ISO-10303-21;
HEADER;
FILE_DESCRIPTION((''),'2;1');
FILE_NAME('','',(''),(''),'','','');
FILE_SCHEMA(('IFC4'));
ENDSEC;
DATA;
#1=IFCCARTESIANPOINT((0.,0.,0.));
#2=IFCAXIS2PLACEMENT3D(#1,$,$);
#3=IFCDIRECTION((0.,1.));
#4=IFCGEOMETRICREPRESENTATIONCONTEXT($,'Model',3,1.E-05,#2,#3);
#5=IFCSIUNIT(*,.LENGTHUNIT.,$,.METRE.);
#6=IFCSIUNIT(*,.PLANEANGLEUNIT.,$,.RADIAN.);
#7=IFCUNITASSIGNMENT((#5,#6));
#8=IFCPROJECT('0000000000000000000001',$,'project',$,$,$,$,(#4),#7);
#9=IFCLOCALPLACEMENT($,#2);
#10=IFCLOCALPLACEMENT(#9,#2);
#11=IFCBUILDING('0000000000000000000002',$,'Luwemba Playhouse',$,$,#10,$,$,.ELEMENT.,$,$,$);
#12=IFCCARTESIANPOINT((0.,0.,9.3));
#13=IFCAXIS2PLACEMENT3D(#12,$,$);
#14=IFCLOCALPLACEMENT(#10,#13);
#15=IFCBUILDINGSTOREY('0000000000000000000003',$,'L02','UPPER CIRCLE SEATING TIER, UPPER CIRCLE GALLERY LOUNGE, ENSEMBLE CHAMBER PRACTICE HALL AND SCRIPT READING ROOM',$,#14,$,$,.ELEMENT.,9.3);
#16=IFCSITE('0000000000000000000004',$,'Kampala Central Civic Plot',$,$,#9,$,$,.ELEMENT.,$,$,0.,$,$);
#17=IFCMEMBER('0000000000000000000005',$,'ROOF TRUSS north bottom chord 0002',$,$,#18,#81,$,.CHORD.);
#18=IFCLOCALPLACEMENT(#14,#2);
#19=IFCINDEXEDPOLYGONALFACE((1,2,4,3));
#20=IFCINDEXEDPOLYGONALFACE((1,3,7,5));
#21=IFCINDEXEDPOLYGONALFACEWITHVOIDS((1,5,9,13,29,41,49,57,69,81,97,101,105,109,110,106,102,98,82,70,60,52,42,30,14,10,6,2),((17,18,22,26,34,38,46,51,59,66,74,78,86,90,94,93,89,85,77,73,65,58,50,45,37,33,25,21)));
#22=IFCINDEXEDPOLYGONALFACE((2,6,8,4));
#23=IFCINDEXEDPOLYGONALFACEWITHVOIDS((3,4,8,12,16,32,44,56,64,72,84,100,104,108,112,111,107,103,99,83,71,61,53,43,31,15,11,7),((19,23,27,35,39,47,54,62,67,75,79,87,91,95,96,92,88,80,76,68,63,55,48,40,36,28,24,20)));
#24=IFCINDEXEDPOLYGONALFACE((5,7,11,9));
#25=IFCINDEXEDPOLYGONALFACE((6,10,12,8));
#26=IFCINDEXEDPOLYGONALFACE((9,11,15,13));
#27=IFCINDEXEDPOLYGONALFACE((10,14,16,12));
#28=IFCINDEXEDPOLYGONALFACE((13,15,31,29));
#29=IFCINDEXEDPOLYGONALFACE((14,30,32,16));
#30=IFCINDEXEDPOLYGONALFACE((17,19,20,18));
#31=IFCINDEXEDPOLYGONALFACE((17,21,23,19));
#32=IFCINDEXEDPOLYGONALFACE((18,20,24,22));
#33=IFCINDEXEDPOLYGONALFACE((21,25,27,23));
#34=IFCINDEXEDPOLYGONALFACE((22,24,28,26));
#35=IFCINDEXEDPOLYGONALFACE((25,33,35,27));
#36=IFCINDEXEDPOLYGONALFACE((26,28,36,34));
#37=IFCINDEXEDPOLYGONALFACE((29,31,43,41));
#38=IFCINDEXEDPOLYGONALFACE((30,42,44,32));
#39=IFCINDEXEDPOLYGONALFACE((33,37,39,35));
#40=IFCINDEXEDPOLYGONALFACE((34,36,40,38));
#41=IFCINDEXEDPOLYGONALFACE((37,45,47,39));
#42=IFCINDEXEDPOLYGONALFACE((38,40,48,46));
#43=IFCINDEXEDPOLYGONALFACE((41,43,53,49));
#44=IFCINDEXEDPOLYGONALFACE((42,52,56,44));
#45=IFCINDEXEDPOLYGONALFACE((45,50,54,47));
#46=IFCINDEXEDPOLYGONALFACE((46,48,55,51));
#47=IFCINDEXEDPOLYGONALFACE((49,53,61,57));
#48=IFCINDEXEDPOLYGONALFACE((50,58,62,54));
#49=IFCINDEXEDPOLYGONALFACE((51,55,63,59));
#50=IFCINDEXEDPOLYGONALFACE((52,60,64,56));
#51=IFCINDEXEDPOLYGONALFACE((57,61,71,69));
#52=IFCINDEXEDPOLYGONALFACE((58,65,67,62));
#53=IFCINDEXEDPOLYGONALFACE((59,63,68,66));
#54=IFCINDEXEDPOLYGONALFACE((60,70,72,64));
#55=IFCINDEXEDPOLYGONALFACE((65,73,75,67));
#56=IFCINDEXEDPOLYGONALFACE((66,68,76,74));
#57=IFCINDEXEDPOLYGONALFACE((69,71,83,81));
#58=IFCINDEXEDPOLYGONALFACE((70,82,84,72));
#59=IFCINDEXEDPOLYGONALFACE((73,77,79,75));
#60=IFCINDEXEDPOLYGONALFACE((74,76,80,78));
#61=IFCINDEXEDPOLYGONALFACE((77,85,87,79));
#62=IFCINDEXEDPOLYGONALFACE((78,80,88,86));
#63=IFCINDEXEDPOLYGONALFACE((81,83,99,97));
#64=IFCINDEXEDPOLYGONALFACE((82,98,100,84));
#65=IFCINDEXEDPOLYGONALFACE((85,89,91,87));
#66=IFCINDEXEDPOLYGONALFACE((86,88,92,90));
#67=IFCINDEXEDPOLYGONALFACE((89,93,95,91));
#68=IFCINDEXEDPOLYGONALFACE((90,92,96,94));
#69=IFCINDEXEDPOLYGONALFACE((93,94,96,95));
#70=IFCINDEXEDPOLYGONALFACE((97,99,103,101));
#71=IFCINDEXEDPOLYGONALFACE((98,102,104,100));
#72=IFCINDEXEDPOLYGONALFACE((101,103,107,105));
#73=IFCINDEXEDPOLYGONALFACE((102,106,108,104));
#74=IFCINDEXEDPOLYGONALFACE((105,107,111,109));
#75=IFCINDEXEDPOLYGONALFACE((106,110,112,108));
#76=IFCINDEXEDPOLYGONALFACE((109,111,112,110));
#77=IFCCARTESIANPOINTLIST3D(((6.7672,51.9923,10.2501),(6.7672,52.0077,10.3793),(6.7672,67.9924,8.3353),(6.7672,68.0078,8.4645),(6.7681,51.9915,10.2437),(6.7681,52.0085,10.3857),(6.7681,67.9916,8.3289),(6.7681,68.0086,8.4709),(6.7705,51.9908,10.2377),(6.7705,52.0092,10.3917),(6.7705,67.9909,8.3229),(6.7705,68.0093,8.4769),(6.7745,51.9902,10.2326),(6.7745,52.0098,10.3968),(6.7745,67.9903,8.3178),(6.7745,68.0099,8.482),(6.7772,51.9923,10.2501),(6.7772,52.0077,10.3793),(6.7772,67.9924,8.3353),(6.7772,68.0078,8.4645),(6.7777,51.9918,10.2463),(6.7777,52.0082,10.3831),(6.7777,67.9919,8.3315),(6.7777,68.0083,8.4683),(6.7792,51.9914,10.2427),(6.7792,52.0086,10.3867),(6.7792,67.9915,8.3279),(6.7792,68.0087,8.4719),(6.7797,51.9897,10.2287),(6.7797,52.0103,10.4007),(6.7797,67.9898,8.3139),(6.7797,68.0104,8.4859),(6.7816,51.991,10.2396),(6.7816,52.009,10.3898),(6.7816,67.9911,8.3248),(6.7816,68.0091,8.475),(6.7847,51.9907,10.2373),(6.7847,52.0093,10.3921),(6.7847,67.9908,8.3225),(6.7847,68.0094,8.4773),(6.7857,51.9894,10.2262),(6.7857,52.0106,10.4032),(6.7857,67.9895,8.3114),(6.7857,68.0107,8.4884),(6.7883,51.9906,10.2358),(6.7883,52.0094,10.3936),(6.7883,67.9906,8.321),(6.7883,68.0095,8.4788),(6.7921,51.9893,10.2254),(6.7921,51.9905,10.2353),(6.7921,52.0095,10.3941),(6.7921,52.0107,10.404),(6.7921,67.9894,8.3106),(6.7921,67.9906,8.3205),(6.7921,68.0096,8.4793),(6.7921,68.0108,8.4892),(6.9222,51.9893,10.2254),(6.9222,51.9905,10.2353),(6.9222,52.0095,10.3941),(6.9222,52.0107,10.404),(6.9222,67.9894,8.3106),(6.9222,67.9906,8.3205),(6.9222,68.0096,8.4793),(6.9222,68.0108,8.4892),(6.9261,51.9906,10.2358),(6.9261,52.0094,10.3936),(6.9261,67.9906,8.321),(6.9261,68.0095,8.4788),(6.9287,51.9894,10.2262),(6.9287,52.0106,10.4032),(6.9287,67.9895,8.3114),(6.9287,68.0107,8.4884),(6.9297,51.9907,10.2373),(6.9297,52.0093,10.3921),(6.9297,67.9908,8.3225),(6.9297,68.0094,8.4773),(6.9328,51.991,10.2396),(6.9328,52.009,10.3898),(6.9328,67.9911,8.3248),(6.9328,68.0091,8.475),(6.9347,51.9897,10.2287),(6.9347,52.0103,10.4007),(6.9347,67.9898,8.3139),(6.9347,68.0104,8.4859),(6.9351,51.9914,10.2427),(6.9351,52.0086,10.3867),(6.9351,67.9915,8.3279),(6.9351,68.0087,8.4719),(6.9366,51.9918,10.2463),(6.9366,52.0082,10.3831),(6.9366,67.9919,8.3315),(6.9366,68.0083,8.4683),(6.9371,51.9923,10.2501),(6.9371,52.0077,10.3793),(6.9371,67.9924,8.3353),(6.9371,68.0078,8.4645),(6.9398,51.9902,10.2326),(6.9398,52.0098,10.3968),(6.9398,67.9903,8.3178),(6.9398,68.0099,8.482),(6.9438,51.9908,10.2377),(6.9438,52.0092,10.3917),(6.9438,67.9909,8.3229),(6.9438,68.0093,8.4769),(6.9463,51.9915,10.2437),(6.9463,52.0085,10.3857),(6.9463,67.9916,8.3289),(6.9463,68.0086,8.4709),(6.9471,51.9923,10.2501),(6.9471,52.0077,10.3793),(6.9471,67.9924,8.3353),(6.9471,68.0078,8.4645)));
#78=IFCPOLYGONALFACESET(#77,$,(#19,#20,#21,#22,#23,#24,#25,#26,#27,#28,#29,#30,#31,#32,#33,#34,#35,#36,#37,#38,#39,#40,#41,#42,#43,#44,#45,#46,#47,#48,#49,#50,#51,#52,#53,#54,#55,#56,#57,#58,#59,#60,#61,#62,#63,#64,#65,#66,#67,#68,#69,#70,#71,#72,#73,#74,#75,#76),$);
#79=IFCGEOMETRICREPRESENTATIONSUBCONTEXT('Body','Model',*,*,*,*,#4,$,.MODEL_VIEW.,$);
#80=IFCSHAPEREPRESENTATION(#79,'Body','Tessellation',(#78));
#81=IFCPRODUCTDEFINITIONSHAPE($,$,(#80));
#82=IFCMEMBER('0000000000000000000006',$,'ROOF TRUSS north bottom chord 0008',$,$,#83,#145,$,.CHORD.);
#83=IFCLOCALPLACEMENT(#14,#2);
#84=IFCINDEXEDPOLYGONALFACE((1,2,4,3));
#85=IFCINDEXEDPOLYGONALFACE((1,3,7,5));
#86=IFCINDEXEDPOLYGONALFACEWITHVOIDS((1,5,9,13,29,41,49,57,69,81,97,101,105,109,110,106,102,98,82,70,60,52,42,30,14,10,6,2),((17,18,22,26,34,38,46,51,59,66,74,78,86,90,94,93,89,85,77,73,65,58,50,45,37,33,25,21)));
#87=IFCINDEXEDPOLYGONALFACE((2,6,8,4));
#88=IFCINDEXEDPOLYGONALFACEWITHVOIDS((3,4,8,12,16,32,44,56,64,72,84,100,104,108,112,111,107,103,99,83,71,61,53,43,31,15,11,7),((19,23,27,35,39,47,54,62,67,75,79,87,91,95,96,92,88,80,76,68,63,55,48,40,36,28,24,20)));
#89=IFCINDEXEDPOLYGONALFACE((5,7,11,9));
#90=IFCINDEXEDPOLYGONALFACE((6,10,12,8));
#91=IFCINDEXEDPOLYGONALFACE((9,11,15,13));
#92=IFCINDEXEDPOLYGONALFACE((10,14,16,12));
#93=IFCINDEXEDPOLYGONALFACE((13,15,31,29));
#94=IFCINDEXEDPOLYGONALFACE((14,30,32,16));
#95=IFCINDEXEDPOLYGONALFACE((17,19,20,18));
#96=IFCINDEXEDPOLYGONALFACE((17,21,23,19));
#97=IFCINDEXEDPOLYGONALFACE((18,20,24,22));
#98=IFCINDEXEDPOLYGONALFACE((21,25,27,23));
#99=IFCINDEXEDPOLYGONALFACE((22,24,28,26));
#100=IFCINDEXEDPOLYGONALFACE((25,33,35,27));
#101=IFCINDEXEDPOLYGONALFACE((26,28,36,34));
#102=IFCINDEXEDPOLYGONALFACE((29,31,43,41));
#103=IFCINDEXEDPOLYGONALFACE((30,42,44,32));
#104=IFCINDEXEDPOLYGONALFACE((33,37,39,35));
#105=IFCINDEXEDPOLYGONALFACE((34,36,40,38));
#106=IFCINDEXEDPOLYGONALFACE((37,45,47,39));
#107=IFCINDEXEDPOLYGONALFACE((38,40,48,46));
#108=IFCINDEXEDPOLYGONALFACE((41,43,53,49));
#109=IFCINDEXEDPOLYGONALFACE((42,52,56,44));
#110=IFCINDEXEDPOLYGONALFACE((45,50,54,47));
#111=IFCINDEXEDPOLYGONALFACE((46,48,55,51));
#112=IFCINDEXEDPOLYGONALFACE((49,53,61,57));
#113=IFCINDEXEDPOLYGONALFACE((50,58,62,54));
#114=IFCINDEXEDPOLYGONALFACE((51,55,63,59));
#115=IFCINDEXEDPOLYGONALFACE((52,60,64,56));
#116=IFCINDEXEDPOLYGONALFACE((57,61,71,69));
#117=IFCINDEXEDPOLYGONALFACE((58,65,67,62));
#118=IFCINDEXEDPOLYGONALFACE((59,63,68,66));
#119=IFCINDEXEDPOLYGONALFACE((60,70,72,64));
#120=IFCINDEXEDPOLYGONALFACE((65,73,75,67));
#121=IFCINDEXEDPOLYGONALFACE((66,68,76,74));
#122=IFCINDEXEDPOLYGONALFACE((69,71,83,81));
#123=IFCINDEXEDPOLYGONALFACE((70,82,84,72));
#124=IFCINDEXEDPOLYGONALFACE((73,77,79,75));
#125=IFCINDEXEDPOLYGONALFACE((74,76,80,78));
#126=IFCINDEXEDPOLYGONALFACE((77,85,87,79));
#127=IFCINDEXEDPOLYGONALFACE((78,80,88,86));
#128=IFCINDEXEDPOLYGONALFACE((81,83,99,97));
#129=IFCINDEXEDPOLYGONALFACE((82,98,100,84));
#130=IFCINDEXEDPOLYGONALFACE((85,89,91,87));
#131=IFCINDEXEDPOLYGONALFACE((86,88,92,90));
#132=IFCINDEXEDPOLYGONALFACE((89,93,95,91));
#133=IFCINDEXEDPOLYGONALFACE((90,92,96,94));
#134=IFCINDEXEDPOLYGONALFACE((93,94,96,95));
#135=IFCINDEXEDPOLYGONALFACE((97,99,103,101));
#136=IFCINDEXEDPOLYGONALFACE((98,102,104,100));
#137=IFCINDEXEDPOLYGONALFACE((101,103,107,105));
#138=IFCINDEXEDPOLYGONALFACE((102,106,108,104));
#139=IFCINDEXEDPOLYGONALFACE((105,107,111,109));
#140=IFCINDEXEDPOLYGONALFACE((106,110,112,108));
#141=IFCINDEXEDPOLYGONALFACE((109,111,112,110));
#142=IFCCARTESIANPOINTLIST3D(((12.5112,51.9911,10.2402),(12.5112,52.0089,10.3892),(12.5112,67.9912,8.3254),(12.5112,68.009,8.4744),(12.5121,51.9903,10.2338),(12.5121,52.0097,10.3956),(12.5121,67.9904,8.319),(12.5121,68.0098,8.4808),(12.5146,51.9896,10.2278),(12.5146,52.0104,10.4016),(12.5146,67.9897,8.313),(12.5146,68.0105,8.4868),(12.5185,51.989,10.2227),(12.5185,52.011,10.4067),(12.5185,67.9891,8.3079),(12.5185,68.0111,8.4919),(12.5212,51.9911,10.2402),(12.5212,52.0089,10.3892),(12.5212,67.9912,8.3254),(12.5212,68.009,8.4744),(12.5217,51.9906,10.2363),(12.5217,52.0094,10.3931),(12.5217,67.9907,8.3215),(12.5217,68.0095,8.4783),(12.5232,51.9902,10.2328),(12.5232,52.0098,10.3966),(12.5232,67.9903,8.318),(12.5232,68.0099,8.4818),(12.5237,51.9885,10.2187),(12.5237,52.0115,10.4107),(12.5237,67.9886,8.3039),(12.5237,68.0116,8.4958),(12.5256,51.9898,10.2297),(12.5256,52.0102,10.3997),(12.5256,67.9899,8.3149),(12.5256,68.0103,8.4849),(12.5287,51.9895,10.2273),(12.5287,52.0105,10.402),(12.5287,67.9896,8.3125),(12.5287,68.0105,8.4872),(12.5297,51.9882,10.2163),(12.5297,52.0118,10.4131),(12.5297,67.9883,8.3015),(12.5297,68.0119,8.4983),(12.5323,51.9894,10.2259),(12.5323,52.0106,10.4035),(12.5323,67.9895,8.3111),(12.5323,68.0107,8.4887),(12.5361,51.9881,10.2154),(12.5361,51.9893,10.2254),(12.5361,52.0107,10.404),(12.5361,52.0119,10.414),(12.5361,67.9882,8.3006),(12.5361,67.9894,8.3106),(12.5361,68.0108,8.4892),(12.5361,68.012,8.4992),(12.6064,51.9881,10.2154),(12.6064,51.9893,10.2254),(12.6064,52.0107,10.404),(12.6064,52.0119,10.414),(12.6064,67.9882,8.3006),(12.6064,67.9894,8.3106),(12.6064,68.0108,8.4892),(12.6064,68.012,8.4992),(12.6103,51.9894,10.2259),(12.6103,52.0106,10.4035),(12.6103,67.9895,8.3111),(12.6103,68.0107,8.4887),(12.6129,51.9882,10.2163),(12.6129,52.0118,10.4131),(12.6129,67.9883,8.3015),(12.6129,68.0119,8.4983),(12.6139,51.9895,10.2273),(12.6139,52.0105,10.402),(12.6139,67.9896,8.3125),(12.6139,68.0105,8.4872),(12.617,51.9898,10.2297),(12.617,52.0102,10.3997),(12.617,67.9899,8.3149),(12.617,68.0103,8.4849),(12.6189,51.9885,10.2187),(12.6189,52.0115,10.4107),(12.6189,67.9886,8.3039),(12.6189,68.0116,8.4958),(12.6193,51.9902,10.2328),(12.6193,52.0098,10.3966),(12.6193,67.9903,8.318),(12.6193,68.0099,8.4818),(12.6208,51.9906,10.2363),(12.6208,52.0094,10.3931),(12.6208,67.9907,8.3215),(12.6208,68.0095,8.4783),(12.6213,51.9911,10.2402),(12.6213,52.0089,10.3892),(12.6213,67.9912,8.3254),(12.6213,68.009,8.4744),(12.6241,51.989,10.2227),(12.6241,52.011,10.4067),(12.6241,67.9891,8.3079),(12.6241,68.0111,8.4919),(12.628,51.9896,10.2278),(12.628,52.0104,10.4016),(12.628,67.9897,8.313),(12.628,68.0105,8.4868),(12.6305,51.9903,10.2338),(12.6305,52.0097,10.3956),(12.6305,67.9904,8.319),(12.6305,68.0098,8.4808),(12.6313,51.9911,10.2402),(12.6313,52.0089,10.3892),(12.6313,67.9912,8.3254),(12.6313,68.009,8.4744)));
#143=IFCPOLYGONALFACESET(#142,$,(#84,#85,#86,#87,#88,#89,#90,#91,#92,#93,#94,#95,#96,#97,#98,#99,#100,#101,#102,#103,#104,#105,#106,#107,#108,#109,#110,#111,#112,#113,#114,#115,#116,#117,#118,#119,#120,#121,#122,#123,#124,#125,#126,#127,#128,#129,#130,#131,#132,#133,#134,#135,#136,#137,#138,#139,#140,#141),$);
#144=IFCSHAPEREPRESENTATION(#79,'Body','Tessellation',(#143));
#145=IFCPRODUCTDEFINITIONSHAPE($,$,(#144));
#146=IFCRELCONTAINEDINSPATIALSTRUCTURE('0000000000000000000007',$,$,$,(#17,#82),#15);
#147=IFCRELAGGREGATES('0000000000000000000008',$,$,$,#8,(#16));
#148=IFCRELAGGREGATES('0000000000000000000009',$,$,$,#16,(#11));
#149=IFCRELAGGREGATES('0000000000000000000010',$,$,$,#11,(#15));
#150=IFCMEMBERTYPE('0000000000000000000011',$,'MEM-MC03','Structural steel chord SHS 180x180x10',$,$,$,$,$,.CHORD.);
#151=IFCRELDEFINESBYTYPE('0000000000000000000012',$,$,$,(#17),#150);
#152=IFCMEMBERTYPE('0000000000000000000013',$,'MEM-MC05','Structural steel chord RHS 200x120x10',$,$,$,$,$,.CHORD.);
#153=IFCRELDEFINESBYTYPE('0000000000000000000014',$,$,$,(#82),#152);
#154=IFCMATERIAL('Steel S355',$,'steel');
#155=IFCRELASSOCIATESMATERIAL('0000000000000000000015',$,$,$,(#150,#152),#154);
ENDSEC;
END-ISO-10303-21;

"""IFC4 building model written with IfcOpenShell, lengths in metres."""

from ifc_helpers import new_model, si_unit, direction, frame, origin, origin_2d, place, context, subcontext, project, spatial, hollow_rectangle, extrude, material, material_profile, profile_set, type_object, element, save


model = new_model("IFC4")

# Units and contexts
model_context = context("Model", 3, precision=1e-05, world=origin(), true_north=direction((0.0, 1.0)))
body_context = subcontext(model_context, "Body", "Model", "MODEL_VIEW")
ifc_project = project(units=[si_unit("LENGTHUNIT", "METRE"), si_unit("PLANEANGLEUNIT", "RADIAN")], contexts=[model_context])

# Site, building, storey
site_placement = place(None, origin())
site = spatial("IfcSite", under=ifc_project, at=site_placement, Name="Kampala Central Civic Plot", CompositionType="ELEMENT", RefElevation=0.0)
building_placement = place(site_placement, origin())
building = spatial("IfcBuilding", under=site, at=building_placement, Name="Luwemba Playhouse", CompositionType="ELEMENT")
storey_placement = place(building_placement, frame((0.0, 0.0, 9.3)))
storey = spatial("IfcBuildingStorey", under=building, at=storey_placement, Name="L02", Description="UPPER CIRCLE SEATING TIER, UPPER CIRCLE GALLERY LOUNGE, ENSEMBLE CHAMBER PRACTICE HALL AND SCRIPT READING ROOM", CompositionType="ELEMENT", Elevation=9.3)

# Shared definitions
ifc_material_1 = material(Name="Steel S355", Category="steel")

# Members
ifc_material_profile_1 = material_profile(ifc_material_1, hollow_rectangle(XDim=0.1799, YDim=0.1799, WallThickness=0.01, InnerFilletRadius=0.0149, OuterFilletRadius=0.0249, at=origin_2d()))
ifc_profile_set_1 = profile_set([ifc_material_profile_1], Name="Steel S355")
member_type_1 = type_object("IfcMemberType", Name="MEM-MC03", Description="Structural steel chord SHS 180x180x10", PredefinedType="CHORD", material=ifc_profile_set_1)
member_1_placement = place(storey_placement, frame((6.8572, 52.0, 10.3147), z_axis=(0.0, 0.992915, -0.118827), x_axis=(-1.0, 0.0, 0.0)))
element("IfcMember", 1, at=member_1_placement, inside=storey, type_object=member_type_1, Name="ROOF TRUSS north bottom chord 0002", PredefinedType="CHORD", context=body_context, shape_type="SweptSolid", body=[
    extrude(hollow_rectangle(XDim=0.1799, YDim=0.1799, WallThickness=0.01, InnerFilletRadius=0.0149, OuterFilletRadius=0.0249, at=origin_2d()), origin(), (0.0, 0.0, 1.0), 16.1143),
])
ifc_material_profile_2 = material_profile(ifc_material_1, hollow_rectangle(XDim=0.1201, YDim=0.2, WallThickness=0.01, InnerFilletRadius=0.0149, OuterFilletRadius=0.0249, at=origin_2d()))
ifc_profile_set_2 = profile_set([ifc_material_profile_2], Name="Steel S355")
member_type_2 = type_object("IfcMemberType", Name="MEM-MC05", Description="Structural steel chord RHS 200x120x10", PredefinedType="CHORD", material=ifc_profile_set_2)
member_2_placement = place(storey_placement, frame((12.5713, 52.0, 10.3147), z_axis=(0.0, 0.992915, -0.118827), x_axis=(-1.0, 0.0, 0.0)))
element("IfcMember", 2, at=member_2_placement, inside=storey, type_object=member_type_2, Name="ROOF TRUSS north bottom chord 0008", PredefinedType="CHORD", context=body_context, shape_type="SweptSolid", body=[
    extrude(hollow_rectangle(XDim=0.1201, YDim=0.2, WallThickness=0.01, InnerFilletRadius=0.0149, OuterFilletRadius=0.0249, at=origin_2d()), origin(), (0.0, 0.0, 1.0), 16.1143),
])

save(model, "model.ifc")
